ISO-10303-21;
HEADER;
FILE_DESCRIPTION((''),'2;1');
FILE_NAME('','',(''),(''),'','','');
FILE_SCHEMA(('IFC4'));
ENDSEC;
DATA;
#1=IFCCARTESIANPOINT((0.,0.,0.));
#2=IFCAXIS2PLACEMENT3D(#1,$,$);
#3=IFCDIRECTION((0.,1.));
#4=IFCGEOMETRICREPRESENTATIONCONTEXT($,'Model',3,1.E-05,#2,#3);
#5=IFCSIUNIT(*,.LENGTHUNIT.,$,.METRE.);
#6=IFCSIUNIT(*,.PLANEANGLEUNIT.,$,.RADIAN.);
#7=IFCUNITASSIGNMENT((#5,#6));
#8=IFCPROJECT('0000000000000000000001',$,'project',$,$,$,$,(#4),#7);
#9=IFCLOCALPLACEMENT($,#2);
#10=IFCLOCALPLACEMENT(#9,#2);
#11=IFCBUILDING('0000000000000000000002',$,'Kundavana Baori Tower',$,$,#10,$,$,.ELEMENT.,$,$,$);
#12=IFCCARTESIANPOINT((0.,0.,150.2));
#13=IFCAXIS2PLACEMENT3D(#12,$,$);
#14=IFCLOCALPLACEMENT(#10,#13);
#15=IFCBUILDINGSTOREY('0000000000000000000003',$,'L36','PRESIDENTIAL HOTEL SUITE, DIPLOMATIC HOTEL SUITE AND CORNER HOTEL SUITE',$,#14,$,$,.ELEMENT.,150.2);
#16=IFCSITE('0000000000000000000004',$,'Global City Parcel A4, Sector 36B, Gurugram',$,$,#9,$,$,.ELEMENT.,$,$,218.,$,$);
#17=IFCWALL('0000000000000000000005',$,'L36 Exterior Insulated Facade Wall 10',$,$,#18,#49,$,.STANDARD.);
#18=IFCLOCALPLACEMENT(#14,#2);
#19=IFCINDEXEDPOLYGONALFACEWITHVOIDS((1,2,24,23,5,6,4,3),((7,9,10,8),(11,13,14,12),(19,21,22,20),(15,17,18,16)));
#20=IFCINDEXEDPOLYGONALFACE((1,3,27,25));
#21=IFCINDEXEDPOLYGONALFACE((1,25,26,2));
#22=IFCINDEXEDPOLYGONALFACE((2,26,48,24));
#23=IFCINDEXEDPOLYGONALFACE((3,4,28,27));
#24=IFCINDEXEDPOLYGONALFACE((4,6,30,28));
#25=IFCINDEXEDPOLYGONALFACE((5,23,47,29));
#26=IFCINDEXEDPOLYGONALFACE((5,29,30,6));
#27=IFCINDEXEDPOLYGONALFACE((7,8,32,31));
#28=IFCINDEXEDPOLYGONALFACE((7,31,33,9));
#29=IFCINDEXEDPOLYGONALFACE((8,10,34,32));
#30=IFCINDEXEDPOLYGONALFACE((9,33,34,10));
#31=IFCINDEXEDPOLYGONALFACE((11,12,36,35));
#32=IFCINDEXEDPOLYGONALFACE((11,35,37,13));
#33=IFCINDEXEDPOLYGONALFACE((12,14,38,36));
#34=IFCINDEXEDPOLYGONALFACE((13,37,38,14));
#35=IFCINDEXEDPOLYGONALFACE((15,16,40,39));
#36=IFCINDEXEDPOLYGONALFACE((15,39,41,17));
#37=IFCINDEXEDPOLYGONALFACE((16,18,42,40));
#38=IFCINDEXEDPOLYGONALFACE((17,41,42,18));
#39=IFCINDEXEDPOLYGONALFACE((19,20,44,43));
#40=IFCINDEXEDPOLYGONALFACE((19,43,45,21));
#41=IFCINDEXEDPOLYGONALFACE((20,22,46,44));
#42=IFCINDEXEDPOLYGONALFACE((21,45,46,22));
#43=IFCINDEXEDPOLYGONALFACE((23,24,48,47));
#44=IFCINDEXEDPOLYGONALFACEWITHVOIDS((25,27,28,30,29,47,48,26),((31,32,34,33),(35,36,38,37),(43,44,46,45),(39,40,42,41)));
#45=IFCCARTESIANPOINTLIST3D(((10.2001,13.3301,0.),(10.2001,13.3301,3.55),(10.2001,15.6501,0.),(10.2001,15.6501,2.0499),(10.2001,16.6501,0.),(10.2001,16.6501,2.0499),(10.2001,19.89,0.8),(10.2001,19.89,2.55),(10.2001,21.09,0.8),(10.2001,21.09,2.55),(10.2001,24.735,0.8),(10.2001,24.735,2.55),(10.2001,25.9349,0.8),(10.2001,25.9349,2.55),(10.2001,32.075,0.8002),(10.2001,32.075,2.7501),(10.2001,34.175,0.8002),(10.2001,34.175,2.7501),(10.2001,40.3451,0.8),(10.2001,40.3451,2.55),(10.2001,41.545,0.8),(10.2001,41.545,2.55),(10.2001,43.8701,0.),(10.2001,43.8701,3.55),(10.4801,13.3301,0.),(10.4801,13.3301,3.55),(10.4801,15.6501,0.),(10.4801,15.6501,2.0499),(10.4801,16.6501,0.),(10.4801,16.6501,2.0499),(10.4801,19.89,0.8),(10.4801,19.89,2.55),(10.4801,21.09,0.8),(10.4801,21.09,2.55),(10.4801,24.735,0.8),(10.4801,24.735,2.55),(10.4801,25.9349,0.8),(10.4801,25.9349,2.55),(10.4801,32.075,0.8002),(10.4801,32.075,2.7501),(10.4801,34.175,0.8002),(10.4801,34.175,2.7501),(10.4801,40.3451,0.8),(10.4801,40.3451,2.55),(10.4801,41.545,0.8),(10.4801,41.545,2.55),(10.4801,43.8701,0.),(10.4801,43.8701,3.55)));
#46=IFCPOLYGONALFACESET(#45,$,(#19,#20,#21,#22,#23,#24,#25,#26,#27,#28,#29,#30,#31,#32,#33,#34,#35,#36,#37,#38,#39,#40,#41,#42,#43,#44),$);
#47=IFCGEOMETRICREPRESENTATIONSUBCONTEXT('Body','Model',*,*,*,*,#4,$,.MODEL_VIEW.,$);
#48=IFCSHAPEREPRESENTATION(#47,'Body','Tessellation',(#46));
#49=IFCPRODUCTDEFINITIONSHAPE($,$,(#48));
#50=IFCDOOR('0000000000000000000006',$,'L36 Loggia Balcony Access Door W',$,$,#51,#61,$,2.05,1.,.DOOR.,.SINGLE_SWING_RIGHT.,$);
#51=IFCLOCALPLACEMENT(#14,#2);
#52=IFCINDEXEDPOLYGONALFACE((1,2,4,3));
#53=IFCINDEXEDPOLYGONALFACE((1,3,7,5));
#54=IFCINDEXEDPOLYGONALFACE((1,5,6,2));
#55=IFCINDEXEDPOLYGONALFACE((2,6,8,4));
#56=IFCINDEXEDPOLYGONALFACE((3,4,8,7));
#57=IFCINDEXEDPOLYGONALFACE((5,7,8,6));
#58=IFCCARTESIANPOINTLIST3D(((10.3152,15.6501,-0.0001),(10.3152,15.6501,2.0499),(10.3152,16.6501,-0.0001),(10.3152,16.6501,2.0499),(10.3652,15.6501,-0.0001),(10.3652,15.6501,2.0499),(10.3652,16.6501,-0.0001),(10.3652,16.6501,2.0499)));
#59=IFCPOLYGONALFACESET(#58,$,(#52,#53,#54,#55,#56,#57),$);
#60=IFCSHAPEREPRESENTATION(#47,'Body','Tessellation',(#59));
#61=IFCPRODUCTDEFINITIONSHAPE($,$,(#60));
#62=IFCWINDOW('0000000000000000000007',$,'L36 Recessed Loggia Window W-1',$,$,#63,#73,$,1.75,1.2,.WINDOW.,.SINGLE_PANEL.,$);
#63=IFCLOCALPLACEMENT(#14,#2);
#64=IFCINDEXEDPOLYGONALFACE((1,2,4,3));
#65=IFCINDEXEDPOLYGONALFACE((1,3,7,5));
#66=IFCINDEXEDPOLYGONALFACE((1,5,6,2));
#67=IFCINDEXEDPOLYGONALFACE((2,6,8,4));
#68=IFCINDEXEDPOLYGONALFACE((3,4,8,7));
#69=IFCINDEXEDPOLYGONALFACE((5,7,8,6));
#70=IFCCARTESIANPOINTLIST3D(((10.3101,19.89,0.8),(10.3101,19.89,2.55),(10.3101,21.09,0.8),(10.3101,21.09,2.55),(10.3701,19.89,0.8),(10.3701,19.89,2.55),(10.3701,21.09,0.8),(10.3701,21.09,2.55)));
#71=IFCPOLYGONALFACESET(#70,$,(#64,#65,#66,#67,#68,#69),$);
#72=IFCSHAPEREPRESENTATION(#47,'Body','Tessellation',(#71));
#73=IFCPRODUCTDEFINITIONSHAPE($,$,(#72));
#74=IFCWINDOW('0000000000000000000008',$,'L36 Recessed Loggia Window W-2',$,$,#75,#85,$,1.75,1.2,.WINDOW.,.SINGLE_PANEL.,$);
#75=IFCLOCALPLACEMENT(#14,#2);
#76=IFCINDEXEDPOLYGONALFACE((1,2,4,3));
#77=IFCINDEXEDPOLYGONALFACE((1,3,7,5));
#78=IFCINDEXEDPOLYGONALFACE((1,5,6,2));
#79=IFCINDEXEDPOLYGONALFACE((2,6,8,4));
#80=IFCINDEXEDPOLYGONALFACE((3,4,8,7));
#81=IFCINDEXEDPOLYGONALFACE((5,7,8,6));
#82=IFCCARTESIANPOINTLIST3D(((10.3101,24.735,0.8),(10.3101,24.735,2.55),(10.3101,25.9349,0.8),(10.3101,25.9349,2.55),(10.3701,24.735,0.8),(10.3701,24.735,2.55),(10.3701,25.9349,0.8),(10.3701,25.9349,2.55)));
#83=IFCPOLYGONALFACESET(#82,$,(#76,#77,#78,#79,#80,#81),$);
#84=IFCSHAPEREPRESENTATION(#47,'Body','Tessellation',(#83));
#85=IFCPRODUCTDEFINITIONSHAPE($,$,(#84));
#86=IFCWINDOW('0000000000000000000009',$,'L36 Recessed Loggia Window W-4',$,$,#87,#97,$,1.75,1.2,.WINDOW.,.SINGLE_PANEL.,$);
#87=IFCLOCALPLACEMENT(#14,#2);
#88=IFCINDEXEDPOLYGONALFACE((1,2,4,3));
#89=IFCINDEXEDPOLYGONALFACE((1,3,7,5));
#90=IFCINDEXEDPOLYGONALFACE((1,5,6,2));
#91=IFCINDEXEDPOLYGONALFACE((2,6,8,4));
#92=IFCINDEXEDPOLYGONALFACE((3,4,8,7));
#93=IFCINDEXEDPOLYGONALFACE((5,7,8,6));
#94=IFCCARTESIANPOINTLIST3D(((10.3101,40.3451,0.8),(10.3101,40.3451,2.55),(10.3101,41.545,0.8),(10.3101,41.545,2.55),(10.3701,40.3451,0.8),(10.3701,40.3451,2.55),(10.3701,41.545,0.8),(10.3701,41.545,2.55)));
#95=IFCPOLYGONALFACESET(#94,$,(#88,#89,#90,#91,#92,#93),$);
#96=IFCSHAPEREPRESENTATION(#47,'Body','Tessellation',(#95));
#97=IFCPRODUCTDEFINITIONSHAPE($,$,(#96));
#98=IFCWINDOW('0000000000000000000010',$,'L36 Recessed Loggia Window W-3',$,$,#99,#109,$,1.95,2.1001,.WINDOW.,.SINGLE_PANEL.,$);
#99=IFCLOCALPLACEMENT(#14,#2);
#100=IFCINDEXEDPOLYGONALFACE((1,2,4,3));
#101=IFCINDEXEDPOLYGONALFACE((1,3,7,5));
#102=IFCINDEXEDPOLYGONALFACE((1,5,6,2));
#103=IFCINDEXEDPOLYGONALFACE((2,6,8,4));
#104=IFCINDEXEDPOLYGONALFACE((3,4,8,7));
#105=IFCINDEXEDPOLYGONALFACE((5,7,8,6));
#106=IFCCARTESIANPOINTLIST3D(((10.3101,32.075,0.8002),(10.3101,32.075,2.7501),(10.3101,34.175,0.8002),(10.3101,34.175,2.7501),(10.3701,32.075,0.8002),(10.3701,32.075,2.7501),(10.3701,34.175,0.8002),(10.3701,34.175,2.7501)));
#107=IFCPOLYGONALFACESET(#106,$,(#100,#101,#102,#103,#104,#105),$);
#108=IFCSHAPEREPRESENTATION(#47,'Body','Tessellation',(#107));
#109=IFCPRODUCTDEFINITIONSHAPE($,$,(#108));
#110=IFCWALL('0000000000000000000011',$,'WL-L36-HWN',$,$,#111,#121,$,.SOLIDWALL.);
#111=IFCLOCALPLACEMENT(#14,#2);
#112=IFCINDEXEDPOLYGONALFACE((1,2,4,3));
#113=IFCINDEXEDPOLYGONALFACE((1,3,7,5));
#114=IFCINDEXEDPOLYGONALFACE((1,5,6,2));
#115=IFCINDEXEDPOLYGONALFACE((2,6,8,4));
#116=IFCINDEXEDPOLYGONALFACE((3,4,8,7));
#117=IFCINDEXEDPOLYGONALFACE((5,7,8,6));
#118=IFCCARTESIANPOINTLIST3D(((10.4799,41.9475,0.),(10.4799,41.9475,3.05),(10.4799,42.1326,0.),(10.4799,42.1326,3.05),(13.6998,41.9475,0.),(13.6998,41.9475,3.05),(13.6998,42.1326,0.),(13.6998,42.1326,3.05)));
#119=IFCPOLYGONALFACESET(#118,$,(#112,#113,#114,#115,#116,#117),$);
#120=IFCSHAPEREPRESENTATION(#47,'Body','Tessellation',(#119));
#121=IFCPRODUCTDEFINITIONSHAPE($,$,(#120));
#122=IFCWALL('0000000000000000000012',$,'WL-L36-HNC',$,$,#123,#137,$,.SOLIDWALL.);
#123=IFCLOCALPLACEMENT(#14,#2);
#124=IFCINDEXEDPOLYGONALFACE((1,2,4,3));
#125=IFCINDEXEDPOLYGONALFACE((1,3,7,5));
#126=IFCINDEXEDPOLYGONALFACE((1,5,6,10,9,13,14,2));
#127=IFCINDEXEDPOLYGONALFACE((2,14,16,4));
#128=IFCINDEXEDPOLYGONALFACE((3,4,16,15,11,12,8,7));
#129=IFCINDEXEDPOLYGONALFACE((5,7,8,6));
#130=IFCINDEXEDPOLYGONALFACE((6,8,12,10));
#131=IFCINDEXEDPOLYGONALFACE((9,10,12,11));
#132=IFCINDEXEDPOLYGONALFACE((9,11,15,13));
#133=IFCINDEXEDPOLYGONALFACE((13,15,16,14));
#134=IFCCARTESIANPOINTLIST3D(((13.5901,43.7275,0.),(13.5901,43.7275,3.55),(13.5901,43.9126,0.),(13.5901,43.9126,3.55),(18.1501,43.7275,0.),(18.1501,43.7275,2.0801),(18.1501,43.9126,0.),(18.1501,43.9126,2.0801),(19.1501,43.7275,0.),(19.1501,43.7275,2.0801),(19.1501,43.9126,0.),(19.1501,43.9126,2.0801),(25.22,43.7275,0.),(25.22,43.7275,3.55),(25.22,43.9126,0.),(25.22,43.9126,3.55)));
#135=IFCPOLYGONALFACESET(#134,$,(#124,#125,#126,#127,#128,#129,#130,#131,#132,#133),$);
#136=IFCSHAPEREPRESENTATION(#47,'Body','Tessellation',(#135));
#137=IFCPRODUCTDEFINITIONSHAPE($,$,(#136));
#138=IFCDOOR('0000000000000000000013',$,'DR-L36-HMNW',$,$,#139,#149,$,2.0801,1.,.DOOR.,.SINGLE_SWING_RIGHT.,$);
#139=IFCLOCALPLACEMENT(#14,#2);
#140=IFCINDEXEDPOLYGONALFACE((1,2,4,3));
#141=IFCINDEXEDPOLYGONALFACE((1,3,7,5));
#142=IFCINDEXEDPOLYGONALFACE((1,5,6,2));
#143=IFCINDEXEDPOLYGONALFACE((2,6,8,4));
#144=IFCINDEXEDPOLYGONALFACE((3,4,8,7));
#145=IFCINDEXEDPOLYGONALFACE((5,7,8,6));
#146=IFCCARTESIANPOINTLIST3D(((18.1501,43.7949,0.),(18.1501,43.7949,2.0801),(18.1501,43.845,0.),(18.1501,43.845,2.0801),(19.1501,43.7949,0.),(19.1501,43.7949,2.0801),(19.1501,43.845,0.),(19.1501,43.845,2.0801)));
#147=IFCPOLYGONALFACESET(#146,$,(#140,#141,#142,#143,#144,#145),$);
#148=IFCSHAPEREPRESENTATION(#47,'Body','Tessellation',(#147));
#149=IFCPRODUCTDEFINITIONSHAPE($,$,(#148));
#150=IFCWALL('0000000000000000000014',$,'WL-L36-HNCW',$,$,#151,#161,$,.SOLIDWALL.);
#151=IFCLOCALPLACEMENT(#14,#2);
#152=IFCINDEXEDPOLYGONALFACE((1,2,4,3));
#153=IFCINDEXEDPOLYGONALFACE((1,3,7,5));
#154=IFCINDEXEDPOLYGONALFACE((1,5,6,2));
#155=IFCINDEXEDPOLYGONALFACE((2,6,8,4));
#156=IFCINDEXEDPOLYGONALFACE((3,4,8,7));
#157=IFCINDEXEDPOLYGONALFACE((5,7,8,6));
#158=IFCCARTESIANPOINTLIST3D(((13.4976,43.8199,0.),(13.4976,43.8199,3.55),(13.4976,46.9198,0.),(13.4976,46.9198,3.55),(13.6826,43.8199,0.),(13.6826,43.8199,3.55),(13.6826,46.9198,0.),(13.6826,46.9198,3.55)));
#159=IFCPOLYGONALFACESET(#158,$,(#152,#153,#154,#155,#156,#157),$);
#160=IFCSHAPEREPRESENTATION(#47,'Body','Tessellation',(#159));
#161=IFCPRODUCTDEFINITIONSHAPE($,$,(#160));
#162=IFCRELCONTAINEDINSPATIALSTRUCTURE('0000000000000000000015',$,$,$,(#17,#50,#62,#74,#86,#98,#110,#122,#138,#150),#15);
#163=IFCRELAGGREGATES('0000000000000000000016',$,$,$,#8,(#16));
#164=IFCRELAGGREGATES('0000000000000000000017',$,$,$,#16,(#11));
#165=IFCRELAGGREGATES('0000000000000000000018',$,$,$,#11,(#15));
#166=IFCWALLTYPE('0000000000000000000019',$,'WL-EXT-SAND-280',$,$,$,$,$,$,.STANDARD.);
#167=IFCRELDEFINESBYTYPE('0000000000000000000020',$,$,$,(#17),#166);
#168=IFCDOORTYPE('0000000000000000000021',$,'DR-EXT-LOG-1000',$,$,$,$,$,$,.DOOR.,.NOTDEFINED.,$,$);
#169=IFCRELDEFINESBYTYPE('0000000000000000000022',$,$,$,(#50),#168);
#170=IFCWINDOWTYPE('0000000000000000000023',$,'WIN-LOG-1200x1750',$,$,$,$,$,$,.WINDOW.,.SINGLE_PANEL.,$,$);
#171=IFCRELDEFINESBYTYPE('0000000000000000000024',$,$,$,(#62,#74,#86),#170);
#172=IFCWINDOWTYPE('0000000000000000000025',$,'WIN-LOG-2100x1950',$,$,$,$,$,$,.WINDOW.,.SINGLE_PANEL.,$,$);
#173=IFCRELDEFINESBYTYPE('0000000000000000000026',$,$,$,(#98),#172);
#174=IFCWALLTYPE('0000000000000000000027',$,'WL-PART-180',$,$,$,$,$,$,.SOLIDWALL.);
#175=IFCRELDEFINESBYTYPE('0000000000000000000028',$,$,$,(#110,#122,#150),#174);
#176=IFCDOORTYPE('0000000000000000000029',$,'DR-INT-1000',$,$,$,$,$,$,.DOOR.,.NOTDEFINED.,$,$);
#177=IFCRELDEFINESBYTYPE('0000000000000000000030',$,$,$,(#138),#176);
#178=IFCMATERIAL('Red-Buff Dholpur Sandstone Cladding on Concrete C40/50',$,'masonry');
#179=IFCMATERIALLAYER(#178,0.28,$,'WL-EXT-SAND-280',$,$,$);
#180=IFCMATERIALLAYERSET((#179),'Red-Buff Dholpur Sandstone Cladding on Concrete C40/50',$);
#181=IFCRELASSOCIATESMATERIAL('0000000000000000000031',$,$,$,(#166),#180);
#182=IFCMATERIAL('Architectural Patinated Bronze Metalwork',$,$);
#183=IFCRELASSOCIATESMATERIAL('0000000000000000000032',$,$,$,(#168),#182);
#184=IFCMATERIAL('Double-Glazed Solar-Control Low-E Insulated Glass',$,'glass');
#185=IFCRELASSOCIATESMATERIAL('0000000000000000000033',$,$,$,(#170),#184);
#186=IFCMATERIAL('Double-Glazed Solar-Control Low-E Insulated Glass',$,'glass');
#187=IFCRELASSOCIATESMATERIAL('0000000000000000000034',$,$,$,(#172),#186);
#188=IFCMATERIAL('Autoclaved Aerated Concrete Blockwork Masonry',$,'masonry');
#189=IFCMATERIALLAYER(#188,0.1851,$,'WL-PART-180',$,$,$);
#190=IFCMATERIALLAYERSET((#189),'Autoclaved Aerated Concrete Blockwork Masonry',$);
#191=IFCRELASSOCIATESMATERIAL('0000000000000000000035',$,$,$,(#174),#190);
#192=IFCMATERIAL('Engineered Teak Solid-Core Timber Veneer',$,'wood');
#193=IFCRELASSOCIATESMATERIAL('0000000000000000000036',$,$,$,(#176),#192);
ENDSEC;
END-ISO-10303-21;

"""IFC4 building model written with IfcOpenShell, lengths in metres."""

from ifc_helpers import new_model, si_unit, direction, frame, frame_2d, origin, place, context, subcontext, project, spatial, rectangle, extrude, material, layer, layer_set, type_object, element, fill, save


model = new_model("IFC4")

# Units and contexts
model_context = context("Model", 3, precision=1e-05, world=origin(), true_north=direction((0.0, 1.0)))
body_context = subcontext(model_context, "Body", "Model", "MODEL_VIEW")
ifc_project = project(units=[si_unit("LENGTHUNIT", "METRE"), si_unit("PLANEANGLEUNIT", "RADIAN")], contexts=[model_context])

# Site, building, storey
site_placement = place(None, origin())
site = spatial("IfcSite", under=ifc_project, at=site_placement, Name="Global City Parcel A4, Sector 36B, Gurugram", CompositionType="ELEMENT", RefElevation=218.0)
building_placement = place(site_placement, origin())
building = spatial("IfcBuilding", under=site, at=building_placement, Name="Kundavana Baori Tower", CompositionType="ELEMENT")
storey_placement = place(building_placement, frame((0.0, 0.0, 150.2)))
storey = spatial("IfcBuildingStorey", under=building, at=storey_placement, Name="L36", Description="PRESIDENTIAL HOTEL SUITE, DIPLOMATIC HOTEL SUITE AND CORNER HOTEL SUITE", CompositionType="ELEMENT", Elevation=150.2)

# Shared definitions
ifc_material_1 = material(Name="Red-Buff Dholpur Sandstone Cladding on Concrete C40/50", Category="masonry")
ifc_layer_1 = layer(ifc_material_1, 0.28, Name="WL-EXT-SAND-280")
ifc_layer_set_1 = layer_set([ifc_layer_1], Name="Red-Buff Dholpur Sandstone Cladding on Concrete C40/50")
wall_type_1 = type_object("IfcWallType", Name="WL-EXT-SAND-280", PredefinedType="STANDARD", material=ifc_layer_set_1)

# Wall, openings, door, windows
wall_1_placement = place(storey_placement, frame((10.3401, 43.8701, 0.0), z_axis=(0.0, 0.0, 1.0), x_axis=(0.0, -1.0, 0.0)))
wall_1 = element("IfcWall", 1, at=wall_1_placement, inside=storey, type_object=wall_type_1, Name="L36 Exterior Insulated Facade Wall 10", PredefinedType="STANDARD", context=body_context, shape_type="SweptSolid", body=[
    extrude(rectangle(XDim=30.54, YDim=0.28, at=frame_2d((15.27, 0.0))), origin(), (0.0, 0.0, 1.0), 3.55),
])
opening_1_placement = place(wall_1_placement, frame((27.22, 0.0, 0.0)))
opening_1 = element("IfcOpeningElement", 2, at=opening_1_placement, cuts=wall_1, PredefinedType="OPENING", context=body_context, shape_type="SweptSolid", body=[
    extrude(rectangle(XDim=1.0, YDim=2.05, at=frame_2d((0.5, 1.0249))), frame((0.0, 0.1499, 0.0), z_axis=(0.0, -1.0, 0.0), x_axis=(1.0, 0.0, 0.0)), (0.0, 0.0, 1.0), 0.3),
])
opening_2_placement = place(wall_1_placement, frame((22.78, 0.0, 0.8)))
opening_2 = element("IfcOpeningElement", 3, at=opening_2_placement, cuts=wall_1, PredefinedType="OPENING", context=body_context, shape_type="SweptSolid", body=[
    extrude(rectangle(XDim=1.2, YDim=1.75, at=frame_2d((0.6001, 0.875))), frame((0.0, 0.1499, 0.0), z_axis=(0.0, -1.0, 0.0), x_axis=(1.0, 0.0, 0.0)), (0.0, 0.0, 1.0), 0.3),
])
opening_3_placement = place(wall_1_placement, frame((17.9351, 0.0, 0.8)))
opening_3 = element("IfcOpeningElement", 4, at=opening_3_placement, cuts=wall_1, PredefinedType="OPENING", context=body_context, shape_type="SweptSolid", body=[
    extrude(rectangle(XDim=1.2, YDim=1.75, at=frame_2d((0.6001, 0.875))), frame((0.0, 0.1499, 0.0), z_axis=(0.0, -1.0, 0.0), x_axis=(1.0, 0.0, 0.0)), (0.0, 0.0, 1.0), 0.3),
])
opening_4_placement = place(wall_1_placement, frame((9.6951, 0.0, 0.8)))
opening_4 = element("IfcOpeningElement", 5, at=opening_4_placement, cuts=wall_1, PredefinedType="OPENING", context=body_context, shape_type="SweptSolid", body=[
    extrude(rectangle(XDim=2.1001, YDim=1.95, at=frame_2d((1.05, 0.9751))), frame((0.0, 0.1499, 0.0), z_axis=(0.0, -1.0, 0.0), x_axis=(1.0, 0.0, 0.0)), (0.0, 0.0, 1.0), 0.3),
])
opening_5_placement = place(wall_1_placement, frame((2.325, 0.0, 0.8)))
opening_5 = element("IfcOpeningElement", 6, at=opening_5_placement, cuts=wall_1, PredefinedType="OPENING", context=body_context, shape_type="SweptSolid", body=[
    extrude(rectangle(XDim=1.2, YDim=1.75, at=frame_2d((0.6001, 0.875))), frame((0.0, 0.1499, 0.0), z_axis=(0.0, -1.0, 0.0), x_axis=(1.0, 0.0, 0.0)), (0.0, 0.0, 1.0), 0.3),
])
ifc_material_2 = material(Name="Architectural Patinated Bronze Metalwork")
door_type_1 = type_object("IfcDoorType", Name="DR-EXT-LOG-1000", OperationType="NOTDEFINED", PredefinedType="DOOR", material=ifc_material_2)
door_1_placement = place(opening_1_placement, frame((1.0, 0.0, 0.0), z_axis=(0.0, 0.0, 1.0), x_axis=(-1.0, 0.0, 0.0)))
door_1 = element("IfcDoor", 7, at=door_1_placement, inside=storey, type_object=door_type_1, Name="L36 Loggia Balcony Access Door W", OperationType="SINGLE_SWING_RIGHT", OverallHeight=2.05, OverallWidth=1.0, PredefinedType="DOOR", context=body_context, shape_type="SweptSolid", body=[
    extrude(rectangle(XDim=1.0, YDim=2.05, at=frame_2d((0.5, 1.0249))), frame((0.0, 0.0249, 0.0), z_axis=(0.0, -1.0, 0.0), x_axis=(1.0, 0.0, 0.0)), (0.0, 0.0, 1.0), 0.05),
])
fill(opening_1, door_1)
ifc_material_3 = material(Name="Double-Glazed Solar-Control Low-E Insulated Glass", Category="glass")
window_type_1 = type_object("IfcWindowType", Name="WIN-LOG-1200x1750", PartitioningType="SINGLE_PANEL", PredefinedType="WINDOW", material=ifc_material_3)
window_1_placement = place(opening_2_placement, origin())
window_1 = element("IfcWindow", 8, at=window_1_placement, inside=storey, type_object=window_type_1, Name="L36 Recessed Loggia Window W-1", OverallHeight=1.75, OverallWidth=1.2, PartitioningType="SINGLE_PANEL", PredefinedType="WINDOW", context=body_context, shape_type="SweptSolid", body=[
    extrude(rectangle(XDim=1.2, YDim=1.75, at=frame_2d((0.6001, 0.875))), frame((0.0, 0.03, 0.0), z_axis=(0.0, -1.0, 0.0), x_axis=(1.0, 0.0, 0.0)), (0.0, 0.0, 1.0), 0.0601),
])
fill(opening_2, window_1)
window_2_placement = place(opening_3_placement, origin())
window_2 = element("IfcWindow", 9, at=window_2_placement, inside=storey, type_object=window_type_1, Name="L36 Recessed Loggia Window W-2", OverallHeight=1.75, OverallWidth=1.2, PartitioningType="SINGLE_PANEL", PredefinedType="WINDOW", context=body_context, shape_type="SweptSolid", body=[
    extrude(rectangle(XDim=1.2, YDim=1.75, at=frame_2d((0.6001, 0.875))), frame((0.0, 0.03, 0.0), z_axis=(0.0, -1.0, 0.0), x_axis=(1.0, 0.0, 0.0)), (0.0, 0.0, 1.0), 0.0601),
])
fill(opening_3, window_2)
window_3_placement = place(opening_5_placement, origin())
window_3 = element("IfcWindow", 10, at=window_3_placement, inside=storey, type_object=window_type_1, Name="L36 Recessed Loggia Window W-4", OverallHeight=1.75, OverallWidth=1.2, PartitioningType="SINGLE_PANEL", PredefinedType="WINDOW", context=body_context, shape_type="SweptSolid", body=[
    extrude(rectangle(XDim=1.2, YDim=1.75, at=frame_2d((0.6001, 0.875))), frame((0.0, 0.03, 0.0), z_axis=(0.0, -1.0, 0.0), x_axis=(1.0, 0.0, 0.0)), (0.0, 0.0, 1.0), 0.0601),
])
fill(opening_5, window_3)
ifc_material_4 = material(Name="Double-Glazed Solar-Control Low-E Insulated Glass", Category="glass")
window_type_2 = type_object("IfcWindowType", Name="WIN-LOG-2100x1950", PartitioningType="SINGLE_PANEL", PredefinedType="WINDOW", material=ifc_material_4)
window_4_placement = place(opening_4_placement, origin())
window_4 = element("IfcWindow", 11, at=window_4_placement, inside=storey, type_object=window_type_2, Name="L36 Recessed Loggia Window W-3", OverallHeight=1.95, OverallWidth=2.1001, PartitioningType="SINGLE_PANEL", PredefinedType="WINDOW", context=body_context, shape_type="SweptSolid", body=[
    extrude(rectangle(XDim=2.1001, YDim=1.95, at=frame_2d((1.05, 0.9751))), frame((0.0, 0.03, 0.0), z_axis=(0.0, -1.0, 0.0), x_axis=(1.0, 0.0, 0.0)), (0.0, 0.0, 1.0), 0.0601),
])
fill(opening_4, window_4)

# Wall
ifc_material_5 = material(Name="Autoclaved Aerated Concrete Blockwork Masonry", Category="masonry")
ifc_layer_2 = layer(ifc_material_5, 0.1851, Name="WL-PART-180")
ifc_layer_set_2 = layer_set([ifc_layer_2], Name="Autoclaved Aerated Concrete Blockwork Masonry")
wall_type_2 = type_object("IfcWallType", Name="WL-PART-180", PredefinedType="SOLIDWALL", material=ifc_layer_set_2)
wall_2_placement = place(storey_placement, frame((10.48, 42.04, 0.0), z_axis=(0.0, 0.0, 1.0), x_axis=(1.0, 0.0, 0.0)))
element("IfcWall", 12, at=wall_2_placement, inside=storey, type_object=wall_type_2, Name="WL-L36-HWN", PredefinedType="SOLIDWALL", context=body_context, shape_type="SweptSolid", body=[
    extrude(rectangle(XDim=3.22, YDim=0.1851, at=frame_2d((1.6099, 0.0))), origin(), (0.0, 0.0, 1.0), 3.05),
])

# Wall, opening, door
wall_3_placement = place(storey_placement, frame((13.5901, 43.8201, 0.0), z_axis=(0.0, 0.0, 1.0), x_axis=(1.0, 0.0, 0.0)))
wall_3 = element("IfcWall", 13, at=wall_3_placement, inside=storey, type_object=wall_type_2, Name="WL-L36-HNC", PredefinedType="SOLIDWALL", context=body_context, shape_type="SweptSolid", body=[
    extrude(rectangle(XDim=11.6299, YDim=0.1851, at=frame_2d((5.8149, 0.0))), origin(), (0.0, 0.0, 1.0), 3.55),
])
opening_6_placement = place(wall_3_placement, frame((4.5601, 0.0, 0.0)))
opening_6 = element("IfcOpeningElement", 14, at=opening_6_placement, cuts=wall_3, PredefinedType="OPENING", context=body_context, shape_type="SweptSolid", body=[
    extrude(rectangle(XDim=1.0, YDim=2.0801, at=frame_2d((0.5, 1.04))), frame((0.0, 0.1025, 0.0), z_axis=(0.0, -1.0, 0.0), x_axis=(1.0, 0.0, 0.0)), (0.0, 0.0, 1.0), 0.2051),
])
ifc_material_6 = material(Name="Engineered Teak Solid-Core Timber Veneer", Category="wood")
door_type_2 = type_object("IfcDoorType", Name="DR-INT-1000", OperationType="NOTDEFINED", PredefinedType="DOOR", material=ifc_material_6)
door_2_placement = place(opening_6_placement, origin())
door_2 = element("IfcDoor", 15, at=door_2_placement, inside=storey, type_object=door_type_2, Name="DR-L36-HMNW", OperationType="SINGLE_SWING_RIGHT", OverallHeight=2.0801, OverallWidth=1.0, PredefinedType="DOOR", context=body_context, shape_type="SweptSolid", body=[
    extrude(rectangle(XDim=1.0, YDim=2.0801, at=frame_2d((0.5, 1.04))), frame((0.0, 0.0249, 0.0), z_axis=(0.0, -1.0, 0.0), x_axis=(1.0, 0.0, 0.0)), (0.0, 0.0, 1.0), 0.05),
])
fill(opening_6, door_2)

# Wall
wall_4_placement = place(storey_placement, frame((13.5901, 43.8201, 0.0), z_axis=(0.0, 0.0, 1.0), x_axis=(0.0, 1.0, 0.0)))
element("IfcWall", 16, at=wall_4_placement, inside=storey, type_object=wall_type_2, Name="WL-L36-HNCW", PredefinedType="SOLIDWALL", context=body_context, shape_type="SweptSolid", body=[
    extrude(rectangle(XDim=3.0999, YDim=0.1851, at=frame_2d((1.5498, 0.0))), origin(), (0.0, 0.0, 1.0), 3.55),
])

save(model, "model.ifc")
